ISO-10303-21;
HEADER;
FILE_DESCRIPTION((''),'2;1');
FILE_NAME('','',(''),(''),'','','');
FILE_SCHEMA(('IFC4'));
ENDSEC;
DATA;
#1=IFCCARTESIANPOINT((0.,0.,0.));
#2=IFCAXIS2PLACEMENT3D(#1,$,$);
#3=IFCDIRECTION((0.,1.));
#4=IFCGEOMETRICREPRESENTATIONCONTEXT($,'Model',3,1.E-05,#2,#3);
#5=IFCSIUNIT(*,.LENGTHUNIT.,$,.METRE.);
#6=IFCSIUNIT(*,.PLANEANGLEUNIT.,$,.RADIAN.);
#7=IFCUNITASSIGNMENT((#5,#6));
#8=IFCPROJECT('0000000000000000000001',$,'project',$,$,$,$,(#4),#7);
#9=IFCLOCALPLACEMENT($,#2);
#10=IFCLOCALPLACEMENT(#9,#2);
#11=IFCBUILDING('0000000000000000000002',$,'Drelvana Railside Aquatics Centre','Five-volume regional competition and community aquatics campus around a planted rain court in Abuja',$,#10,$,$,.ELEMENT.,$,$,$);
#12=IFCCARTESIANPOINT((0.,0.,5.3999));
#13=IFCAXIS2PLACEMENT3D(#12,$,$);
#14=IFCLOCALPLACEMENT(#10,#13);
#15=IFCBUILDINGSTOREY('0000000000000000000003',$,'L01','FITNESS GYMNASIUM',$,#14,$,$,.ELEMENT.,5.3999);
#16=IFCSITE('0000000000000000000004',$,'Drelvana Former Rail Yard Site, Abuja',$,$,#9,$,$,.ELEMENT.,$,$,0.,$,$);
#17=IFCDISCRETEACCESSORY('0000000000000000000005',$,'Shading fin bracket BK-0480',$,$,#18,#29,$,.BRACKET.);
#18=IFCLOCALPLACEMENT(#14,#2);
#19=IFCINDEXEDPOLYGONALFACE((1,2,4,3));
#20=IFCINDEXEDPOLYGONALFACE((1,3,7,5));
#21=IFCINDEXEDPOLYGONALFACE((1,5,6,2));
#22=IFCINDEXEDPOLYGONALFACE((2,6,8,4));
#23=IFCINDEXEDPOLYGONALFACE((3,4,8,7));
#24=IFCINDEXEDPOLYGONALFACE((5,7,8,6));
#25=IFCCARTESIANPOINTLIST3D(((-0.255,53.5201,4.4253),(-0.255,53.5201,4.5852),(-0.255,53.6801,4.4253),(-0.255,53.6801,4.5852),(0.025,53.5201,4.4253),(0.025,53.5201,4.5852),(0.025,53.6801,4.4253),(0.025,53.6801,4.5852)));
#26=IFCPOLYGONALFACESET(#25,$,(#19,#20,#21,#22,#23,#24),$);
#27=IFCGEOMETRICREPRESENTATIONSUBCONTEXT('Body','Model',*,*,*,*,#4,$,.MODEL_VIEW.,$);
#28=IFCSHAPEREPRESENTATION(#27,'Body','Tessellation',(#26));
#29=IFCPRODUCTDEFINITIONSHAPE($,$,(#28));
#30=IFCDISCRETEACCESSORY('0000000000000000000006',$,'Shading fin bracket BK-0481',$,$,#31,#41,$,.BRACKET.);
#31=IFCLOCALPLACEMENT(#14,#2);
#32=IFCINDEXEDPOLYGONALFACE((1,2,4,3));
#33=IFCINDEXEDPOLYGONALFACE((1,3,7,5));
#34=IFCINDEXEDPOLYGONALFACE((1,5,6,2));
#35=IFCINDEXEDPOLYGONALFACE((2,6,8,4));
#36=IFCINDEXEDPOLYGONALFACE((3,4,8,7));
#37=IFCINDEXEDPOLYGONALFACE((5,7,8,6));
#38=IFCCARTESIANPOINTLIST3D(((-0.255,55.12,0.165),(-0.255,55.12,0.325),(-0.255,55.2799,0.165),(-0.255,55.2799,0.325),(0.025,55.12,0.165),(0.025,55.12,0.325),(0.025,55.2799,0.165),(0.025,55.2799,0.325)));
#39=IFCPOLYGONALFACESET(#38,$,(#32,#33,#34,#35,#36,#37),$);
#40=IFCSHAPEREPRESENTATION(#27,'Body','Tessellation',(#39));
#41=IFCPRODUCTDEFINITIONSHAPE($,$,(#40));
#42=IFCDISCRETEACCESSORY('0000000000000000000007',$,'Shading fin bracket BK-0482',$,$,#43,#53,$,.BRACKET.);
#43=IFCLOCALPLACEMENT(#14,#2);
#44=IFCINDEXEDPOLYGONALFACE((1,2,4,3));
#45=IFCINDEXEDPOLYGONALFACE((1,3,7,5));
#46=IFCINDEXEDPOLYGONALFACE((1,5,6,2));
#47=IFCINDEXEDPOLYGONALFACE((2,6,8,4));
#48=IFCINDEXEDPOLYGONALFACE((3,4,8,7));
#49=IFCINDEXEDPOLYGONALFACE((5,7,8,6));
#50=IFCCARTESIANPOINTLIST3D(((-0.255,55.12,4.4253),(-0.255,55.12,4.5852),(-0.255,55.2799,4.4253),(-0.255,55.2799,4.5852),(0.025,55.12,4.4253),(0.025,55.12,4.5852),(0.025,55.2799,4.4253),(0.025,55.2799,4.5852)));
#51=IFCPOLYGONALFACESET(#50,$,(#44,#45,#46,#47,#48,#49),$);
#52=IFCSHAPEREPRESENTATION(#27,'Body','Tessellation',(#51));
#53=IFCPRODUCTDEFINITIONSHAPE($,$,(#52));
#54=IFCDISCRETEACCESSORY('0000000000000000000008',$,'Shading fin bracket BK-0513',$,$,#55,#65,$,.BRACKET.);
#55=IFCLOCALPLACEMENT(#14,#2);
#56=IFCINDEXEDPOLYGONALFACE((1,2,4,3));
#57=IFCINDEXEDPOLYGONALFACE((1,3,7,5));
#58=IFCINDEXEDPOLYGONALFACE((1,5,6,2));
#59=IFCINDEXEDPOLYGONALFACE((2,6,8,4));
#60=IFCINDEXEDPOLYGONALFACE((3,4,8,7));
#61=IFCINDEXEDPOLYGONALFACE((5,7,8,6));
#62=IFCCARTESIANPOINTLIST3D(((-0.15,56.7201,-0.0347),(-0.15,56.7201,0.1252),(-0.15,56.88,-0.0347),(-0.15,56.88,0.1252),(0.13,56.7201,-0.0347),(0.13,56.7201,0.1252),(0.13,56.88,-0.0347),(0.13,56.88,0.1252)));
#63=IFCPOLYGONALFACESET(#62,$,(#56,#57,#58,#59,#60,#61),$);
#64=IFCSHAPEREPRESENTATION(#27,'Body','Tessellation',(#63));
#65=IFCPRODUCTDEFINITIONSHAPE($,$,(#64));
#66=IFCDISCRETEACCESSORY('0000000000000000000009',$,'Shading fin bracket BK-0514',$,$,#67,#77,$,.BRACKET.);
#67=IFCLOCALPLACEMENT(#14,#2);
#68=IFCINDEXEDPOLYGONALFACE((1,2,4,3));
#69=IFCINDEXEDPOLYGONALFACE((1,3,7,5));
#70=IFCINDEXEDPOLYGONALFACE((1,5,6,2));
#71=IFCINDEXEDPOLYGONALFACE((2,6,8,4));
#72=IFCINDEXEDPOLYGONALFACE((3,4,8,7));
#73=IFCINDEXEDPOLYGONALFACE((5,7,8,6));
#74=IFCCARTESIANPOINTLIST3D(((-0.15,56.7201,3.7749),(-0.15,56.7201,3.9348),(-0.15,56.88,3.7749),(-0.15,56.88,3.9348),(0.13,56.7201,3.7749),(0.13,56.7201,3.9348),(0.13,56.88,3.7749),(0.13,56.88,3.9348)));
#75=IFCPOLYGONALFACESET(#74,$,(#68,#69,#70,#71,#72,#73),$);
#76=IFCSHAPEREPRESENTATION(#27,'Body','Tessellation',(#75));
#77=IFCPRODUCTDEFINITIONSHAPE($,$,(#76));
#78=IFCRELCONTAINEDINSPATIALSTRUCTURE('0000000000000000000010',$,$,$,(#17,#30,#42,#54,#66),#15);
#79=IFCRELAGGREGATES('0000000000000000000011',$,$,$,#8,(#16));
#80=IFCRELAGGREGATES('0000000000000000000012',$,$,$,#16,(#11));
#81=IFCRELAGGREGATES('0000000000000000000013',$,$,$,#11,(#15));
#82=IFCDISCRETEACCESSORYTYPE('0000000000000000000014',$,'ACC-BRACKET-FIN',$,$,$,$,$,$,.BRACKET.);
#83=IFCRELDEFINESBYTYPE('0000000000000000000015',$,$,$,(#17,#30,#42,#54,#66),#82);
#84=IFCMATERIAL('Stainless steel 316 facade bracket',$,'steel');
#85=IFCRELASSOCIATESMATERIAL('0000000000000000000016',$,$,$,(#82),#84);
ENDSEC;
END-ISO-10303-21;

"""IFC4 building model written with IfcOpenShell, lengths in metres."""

from ifc_helpers import new_model, si_unit, direction, frame, origin, origin_2d, place, context, subcontext, project, spatial, rectangle, extrude, material, type_object, element, save


model = new_model("IFC4")

# Units and contexts
model_context = context("Model", 3, precision=1e-05, world=origin(), true_north=direction((0.0, 1.0)))
body_context = subcontext(model_context, "Body", "Model", "MODEL_VIEW")
ifc_project = project(units=[si_unit("LENGTHUNIT", "METRE"), si_unit("PLANEANGLEUNIT", "RADIAN")], contexts=[model_context])

# Site, building, storey
site_placement = place(None, origin())
site = spatial("IfcSite", under=ifc_project, at=site_placement, Name="Drelvana Former Rail Yard Site, Abuja", CompositionType="ELEMENT", RefElevation=0.0)
building_placement = place(site_placement, origin())
building = spatial("IfcBuilding", under=site, at=building_placement, Name="Drelvana Railside Aquatics Centre", Description="Five-volume regional competition and community aquatics campus around a planted rain court in Abuja", CompositionType="ELEMENT")
storey_placement = place(building_placement, frame((0.0, 0.0, 5.3999)))
storey = spatial("IfcBuildingStorey", under=building, at=storey_placement, Name="L01", Description="FITNESS GYMNASIUM", CompositionType="ELEMENT", Elevation=5.3999)

# Discrete accessories
ifc_material_1 = material(Name="Stainless steel 316 facade bracket", Category="steel")
discrete_accessory_type = type_object("IfcDiscreteAccessoryType", Name="ACC-BRACKET-FIN", PredefinedType="BRACKET", material=ifc_material_1)
for number, where, z_axis, x_axis, name in (
    (1, (-0.115, 53.6001, 4.4253), (0.0, 0.0, 1.0), (-1.0, 0.0, 0.0), "Shading fin bracket BK-0480"),
    (2, (-0.115, 55.2, 0.165), (0.0, 0.0, 1.0), (-1.0, 0.0, 0.0), "Shading fin bracket BK-0481"),
    (3, (-0.115, 55.2, 4.4253), (0.0, 0.0, 1.0), (-1.0, 0.0, 0.0), "Shading fin bracket BK-0482"),
    (4, (-0.01, 56.8, -0.0347), (0.0, 0.0, 1.0), (-1.0, 0.0, 0.0), "Shading fin bracket BK-0513"),
    (5, (-0.01, 56.8, 3.7749), (0.0, 0.0, 1.0), (-1.0, 0.0, 0.0), "Shading fin bracket BK-0514"),
):
    element("IfcDiscreteAccessory", number, at=place(storey_placement, frame(where, z_axis=z_axis, x_axis=x_axis)), inside=storey, type_object=discrete_accessory_type, Name=name, PredefinedType="BRACKET", context=body_context, shape_type="SweptSolid", body=[
        extrude(rectangle(XDim=0.28, YDim=0.1599, at=origin_2d()), origin(), (0.0, 0.0, 1.0), 0.1599),
    ])

save(model, "model.ifc")
